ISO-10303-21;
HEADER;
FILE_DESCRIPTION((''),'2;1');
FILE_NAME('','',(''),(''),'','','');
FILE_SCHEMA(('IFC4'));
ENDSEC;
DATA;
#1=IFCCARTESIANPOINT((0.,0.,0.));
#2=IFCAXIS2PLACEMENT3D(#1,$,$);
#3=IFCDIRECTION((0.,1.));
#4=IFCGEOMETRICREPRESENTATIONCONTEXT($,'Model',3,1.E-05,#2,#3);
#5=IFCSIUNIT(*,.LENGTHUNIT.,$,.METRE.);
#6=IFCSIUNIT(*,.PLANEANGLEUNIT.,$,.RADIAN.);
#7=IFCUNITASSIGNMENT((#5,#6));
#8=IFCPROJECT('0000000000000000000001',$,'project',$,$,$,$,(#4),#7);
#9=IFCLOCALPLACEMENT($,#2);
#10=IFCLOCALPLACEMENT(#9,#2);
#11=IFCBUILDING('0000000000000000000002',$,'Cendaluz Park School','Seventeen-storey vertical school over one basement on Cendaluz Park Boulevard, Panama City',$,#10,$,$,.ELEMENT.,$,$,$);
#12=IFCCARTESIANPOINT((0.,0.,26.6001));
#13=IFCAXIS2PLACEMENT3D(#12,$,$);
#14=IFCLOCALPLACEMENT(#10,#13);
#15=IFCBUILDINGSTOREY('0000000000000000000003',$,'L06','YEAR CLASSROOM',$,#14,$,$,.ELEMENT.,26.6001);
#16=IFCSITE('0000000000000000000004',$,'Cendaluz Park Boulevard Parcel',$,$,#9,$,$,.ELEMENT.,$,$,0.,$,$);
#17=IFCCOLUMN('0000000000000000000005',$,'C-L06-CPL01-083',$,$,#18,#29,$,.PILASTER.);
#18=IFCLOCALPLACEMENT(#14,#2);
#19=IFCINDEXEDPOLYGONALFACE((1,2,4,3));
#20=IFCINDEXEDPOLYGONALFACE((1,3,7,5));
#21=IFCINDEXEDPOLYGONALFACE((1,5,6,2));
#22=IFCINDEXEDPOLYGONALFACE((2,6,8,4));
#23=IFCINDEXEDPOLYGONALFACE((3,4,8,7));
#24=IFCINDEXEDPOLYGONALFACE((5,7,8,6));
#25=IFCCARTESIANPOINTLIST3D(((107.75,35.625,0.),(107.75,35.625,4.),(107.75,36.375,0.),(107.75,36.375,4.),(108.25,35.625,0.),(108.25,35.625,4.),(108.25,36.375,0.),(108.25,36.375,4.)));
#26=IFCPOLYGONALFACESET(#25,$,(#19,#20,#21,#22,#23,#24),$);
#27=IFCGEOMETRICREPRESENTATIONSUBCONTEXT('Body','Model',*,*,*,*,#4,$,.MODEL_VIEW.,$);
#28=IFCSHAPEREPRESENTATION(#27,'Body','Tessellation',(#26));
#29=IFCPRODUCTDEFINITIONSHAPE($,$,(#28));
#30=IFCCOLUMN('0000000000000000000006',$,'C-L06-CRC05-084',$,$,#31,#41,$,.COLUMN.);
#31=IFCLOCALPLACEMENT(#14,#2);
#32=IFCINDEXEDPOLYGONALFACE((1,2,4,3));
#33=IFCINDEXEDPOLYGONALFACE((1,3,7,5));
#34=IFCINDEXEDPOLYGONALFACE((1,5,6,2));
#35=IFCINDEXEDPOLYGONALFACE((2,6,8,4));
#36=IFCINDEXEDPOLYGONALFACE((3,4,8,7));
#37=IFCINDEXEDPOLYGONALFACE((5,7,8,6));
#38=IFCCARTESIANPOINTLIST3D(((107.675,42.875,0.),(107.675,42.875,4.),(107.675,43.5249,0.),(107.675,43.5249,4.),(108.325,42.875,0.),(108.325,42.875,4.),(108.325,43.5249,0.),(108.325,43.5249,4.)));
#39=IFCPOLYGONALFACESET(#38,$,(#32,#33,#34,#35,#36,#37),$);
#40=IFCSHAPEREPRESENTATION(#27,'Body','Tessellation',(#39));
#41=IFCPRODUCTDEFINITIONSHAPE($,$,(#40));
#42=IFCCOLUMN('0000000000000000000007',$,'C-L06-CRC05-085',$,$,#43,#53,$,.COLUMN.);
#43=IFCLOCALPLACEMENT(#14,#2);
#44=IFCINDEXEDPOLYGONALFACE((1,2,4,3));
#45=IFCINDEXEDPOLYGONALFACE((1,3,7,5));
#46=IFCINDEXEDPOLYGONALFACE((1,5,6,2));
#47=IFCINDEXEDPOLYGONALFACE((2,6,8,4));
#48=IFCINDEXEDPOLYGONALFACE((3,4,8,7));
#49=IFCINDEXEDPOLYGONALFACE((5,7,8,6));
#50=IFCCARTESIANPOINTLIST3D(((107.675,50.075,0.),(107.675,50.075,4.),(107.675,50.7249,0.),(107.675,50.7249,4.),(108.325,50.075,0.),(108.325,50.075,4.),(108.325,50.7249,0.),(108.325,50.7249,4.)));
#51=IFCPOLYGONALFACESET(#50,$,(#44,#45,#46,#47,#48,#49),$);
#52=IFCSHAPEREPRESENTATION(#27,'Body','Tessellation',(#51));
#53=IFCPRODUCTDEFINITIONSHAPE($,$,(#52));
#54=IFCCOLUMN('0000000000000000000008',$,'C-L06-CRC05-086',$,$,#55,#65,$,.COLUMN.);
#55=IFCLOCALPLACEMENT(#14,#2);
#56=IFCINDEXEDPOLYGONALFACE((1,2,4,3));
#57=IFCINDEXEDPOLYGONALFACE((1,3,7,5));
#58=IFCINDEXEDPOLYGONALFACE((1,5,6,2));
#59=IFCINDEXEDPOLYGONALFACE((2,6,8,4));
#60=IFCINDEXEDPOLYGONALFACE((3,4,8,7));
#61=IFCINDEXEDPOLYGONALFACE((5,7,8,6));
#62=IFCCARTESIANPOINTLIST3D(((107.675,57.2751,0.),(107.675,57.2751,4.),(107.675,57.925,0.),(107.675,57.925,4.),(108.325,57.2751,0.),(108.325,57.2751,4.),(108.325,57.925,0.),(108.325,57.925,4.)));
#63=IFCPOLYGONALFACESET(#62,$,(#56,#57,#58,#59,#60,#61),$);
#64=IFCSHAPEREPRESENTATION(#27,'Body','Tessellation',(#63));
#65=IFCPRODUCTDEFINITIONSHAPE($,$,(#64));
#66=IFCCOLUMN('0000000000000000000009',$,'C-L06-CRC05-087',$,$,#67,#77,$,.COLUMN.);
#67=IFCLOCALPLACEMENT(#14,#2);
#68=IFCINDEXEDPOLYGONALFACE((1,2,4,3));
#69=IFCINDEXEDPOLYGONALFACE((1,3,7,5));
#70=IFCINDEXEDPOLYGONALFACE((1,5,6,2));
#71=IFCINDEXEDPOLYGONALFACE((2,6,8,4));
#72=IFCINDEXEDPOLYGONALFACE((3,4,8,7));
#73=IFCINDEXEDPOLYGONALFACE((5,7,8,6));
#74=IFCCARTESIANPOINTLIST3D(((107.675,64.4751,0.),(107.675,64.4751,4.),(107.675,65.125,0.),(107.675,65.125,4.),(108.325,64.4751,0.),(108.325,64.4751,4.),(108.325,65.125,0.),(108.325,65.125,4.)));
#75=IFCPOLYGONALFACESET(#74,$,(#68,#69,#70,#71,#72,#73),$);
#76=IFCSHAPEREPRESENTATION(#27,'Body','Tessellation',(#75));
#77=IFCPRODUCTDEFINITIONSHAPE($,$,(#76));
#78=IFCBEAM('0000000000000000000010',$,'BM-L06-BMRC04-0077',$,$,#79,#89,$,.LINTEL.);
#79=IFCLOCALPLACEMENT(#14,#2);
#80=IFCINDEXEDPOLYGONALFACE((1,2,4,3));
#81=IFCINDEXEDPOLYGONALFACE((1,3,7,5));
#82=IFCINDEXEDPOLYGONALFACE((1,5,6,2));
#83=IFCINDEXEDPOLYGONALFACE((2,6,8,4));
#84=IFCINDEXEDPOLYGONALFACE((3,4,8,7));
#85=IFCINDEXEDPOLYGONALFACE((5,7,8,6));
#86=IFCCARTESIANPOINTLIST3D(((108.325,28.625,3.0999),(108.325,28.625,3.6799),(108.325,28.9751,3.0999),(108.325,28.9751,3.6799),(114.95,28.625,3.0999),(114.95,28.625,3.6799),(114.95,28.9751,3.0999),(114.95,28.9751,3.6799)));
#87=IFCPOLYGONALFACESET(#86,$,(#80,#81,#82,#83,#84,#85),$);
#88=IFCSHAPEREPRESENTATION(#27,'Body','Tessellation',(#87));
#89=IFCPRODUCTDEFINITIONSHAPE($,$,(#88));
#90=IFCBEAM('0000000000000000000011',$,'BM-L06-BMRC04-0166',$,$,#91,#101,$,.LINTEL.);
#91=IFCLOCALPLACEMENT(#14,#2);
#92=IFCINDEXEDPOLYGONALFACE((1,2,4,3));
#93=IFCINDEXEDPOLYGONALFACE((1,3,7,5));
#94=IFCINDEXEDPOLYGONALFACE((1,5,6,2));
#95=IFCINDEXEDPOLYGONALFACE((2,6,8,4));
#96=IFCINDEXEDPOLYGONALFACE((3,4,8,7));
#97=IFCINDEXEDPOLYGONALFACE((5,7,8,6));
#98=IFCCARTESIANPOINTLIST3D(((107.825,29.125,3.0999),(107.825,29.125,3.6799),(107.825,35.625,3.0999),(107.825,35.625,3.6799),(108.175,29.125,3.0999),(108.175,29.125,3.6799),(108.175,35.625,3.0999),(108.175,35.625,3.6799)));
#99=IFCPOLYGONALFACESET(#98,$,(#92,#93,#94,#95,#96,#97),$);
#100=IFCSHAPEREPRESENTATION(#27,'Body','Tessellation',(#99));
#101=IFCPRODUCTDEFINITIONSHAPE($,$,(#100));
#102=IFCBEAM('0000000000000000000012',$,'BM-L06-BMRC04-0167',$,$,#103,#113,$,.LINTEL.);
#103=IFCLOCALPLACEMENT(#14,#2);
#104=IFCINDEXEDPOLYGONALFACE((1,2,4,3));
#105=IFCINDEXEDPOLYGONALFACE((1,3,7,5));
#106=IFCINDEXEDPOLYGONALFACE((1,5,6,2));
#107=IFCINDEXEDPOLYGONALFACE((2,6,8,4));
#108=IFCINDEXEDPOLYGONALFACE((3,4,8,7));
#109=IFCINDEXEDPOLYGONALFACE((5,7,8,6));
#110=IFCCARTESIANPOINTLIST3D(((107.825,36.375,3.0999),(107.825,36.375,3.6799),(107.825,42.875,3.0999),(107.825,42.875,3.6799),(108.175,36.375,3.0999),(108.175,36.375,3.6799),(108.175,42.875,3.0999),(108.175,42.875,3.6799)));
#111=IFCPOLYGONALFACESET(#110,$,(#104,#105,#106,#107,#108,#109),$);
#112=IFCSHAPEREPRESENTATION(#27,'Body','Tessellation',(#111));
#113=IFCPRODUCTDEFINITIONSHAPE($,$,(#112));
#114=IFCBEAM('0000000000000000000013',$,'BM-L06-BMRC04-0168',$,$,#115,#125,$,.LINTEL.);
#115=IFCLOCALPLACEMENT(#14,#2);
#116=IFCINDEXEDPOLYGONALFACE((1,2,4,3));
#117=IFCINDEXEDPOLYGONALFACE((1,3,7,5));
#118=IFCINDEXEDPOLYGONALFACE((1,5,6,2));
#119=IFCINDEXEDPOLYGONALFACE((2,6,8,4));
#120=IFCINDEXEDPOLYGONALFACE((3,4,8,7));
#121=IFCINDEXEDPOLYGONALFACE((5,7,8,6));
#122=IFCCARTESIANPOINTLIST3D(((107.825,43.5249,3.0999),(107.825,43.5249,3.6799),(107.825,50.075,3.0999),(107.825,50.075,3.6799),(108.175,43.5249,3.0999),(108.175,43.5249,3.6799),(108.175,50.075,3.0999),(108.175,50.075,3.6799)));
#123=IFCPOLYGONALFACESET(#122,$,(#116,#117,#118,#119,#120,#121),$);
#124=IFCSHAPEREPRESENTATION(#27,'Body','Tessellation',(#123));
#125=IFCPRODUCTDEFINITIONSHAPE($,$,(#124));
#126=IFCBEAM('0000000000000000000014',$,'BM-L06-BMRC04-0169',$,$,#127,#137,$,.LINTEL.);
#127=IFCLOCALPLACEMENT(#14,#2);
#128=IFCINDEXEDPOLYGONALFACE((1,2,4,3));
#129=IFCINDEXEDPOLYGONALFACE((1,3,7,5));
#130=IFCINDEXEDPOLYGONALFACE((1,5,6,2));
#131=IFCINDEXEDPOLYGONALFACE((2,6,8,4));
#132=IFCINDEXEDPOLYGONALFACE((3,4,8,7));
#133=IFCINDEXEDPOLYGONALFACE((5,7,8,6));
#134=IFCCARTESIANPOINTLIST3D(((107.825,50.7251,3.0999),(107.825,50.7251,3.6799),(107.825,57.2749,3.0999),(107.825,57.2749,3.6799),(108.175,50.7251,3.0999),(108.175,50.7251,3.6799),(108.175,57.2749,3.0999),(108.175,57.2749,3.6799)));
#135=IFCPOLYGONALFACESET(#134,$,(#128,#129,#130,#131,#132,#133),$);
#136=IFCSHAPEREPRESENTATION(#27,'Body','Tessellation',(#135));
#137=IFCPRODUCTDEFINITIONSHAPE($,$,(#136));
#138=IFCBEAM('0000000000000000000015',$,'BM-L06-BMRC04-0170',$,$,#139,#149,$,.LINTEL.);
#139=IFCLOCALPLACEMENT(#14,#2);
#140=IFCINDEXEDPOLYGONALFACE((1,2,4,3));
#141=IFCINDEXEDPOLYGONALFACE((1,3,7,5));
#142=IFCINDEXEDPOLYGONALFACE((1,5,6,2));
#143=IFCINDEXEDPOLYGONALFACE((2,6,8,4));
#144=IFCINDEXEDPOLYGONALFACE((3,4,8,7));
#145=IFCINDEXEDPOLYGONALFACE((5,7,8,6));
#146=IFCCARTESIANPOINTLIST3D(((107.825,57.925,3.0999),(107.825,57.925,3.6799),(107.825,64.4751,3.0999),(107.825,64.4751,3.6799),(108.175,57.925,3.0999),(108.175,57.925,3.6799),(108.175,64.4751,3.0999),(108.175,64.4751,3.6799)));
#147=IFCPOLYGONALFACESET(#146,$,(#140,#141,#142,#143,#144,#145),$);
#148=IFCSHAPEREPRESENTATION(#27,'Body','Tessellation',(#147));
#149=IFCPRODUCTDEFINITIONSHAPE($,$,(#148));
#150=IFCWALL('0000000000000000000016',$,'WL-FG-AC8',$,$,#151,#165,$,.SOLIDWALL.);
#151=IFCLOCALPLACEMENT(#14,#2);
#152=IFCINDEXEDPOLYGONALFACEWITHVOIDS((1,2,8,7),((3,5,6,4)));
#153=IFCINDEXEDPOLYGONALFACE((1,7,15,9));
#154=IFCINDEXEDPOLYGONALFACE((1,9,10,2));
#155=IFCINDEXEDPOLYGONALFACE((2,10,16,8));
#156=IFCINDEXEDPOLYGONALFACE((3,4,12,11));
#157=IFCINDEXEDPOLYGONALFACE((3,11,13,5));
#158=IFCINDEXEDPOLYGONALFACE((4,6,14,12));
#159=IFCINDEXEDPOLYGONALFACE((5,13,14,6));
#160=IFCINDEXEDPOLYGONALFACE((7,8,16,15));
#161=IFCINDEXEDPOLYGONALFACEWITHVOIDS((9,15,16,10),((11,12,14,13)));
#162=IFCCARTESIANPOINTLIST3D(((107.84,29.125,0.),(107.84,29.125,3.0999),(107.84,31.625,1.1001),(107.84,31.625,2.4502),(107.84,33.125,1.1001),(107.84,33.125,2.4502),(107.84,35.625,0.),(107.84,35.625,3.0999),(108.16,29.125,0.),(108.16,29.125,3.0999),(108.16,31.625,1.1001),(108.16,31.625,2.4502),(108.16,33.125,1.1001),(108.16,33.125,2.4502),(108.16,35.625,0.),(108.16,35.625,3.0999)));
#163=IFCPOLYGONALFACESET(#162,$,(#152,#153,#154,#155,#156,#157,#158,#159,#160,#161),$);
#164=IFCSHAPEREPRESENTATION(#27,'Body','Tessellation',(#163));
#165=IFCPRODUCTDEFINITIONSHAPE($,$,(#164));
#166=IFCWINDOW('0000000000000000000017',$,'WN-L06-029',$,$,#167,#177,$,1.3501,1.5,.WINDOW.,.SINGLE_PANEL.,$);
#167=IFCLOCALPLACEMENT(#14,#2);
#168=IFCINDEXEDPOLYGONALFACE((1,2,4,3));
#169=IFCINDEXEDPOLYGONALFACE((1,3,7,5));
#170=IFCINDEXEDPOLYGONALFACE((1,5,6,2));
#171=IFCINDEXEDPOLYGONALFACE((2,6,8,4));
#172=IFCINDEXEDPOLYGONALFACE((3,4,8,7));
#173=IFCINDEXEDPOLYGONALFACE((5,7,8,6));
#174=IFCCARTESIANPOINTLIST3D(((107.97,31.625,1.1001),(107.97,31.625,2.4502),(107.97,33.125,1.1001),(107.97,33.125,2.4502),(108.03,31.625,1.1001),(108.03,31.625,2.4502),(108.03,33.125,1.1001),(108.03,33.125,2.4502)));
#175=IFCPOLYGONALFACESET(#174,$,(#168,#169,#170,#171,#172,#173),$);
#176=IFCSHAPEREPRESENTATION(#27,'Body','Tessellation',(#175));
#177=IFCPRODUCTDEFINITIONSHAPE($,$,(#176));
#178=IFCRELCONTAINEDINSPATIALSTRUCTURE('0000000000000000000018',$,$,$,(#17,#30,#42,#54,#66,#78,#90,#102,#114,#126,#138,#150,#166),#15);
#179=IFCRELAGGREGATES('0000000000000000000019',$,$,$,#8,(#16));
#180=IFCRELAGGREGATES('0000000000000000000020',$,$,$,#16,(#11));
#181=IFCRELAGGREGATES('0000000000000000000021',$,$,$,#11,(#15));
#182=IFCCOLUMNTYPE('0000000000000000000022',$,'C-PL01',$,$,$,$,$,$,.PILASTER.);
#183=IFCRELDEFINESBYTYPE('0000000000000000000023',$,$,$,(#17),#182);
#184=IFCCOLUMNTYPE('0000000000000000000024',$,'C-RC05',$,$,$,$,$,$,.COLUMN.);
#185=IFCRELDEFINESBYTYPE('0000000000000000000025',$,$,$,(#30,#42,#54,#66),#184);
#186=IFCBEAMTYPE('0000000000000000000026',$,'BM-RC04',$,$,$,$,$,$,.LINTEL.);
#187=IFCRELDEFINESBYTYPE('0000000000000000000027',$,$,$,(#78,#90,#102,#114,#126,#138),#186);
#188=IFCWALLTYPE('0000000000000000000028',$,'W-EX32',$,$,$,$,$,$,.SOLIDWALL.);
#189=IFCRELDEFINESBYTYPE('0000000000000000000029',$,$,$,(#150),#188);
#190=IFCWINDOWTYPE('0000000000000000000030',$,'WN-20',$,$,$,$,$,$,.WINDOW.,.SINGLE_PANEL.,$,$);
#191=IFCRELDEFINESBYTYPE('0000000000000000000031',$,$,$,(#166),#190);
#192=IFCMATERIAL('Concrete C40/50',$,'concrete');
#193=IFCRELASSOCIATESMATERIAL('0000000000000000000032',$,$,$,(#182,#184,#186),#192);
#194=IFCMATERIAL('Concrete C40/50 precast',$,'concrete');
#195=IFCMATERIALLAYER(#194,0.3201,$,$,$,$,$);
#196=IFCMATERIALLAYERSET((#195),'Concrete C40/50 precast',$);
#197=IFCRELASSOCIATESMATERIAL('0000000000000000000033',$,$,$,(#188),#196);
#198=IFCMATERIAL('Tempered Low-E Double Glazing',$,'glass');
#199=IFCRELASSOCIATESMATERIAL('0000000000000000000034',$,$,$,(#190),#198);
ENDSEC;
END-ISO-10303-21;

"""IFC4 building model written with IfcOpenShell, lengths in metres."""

from ifc_helpers import new_model, si_unit, direction, frame, frame_2d, origin, origin_2d, place, context, subcontext, project, spatial, rectangle, extrude, material, layer, layer_set, material_profile, profile_set, type_object, element, fill, save


model = new_model("IFC4")

# Units and contexts
model_context = context("Model", 3, precision=1e-05, world=origin(), true_north=direction((0.0, 1.0)))
body_context = subcontext(model_context, "Body", "Model", "MODEL_VIEW")
ifc_project = project(units=[si_unit("LENGTHUNIT", "METRE"), si_unit("PLANEANGLEUNIT", "RADIAN")], contexts=[model_context])

# Site, building, storey
site_placement = place(None, origin())
site = spatial("IfcSite", under=ifc_project, at=site_placement, Name="Cendaluz Park Boulevard Parcel", CompositionType="ELEMENT", RefElevation=0.0)
building_placement = place(site_placement, origin())
building = spatial("IfcBuilding", under=site, at=building_placement, Name="Cendaluz Park School", Description="Seventeen-storey vertical school over one basement on Cendaluz Park Boulevard, Panama City", CompositionType="ELEMENT")
storey_placement = place(building_placement, frame((0.0, 0.0, 26.6001)))
storey = spatial("IfcBuildingStorey", under=building, at=storey_placement, Name="L06", Description="YEAR CLASSROOM", CompositionType="ELEMENT", Elevation=26.6001)

# Columns
ifc_material_1 = material(Name="Concrete C40/50", Category="concrete")
ifc_material_profile_1 = material_profile(ifc_material_1, rectangle(XDim=0.5, YDim=0.75, at=origin_2d()), Name="RC 500x750", Category="concrete")
ifc_profile_set_1 = profile_set([ifc_material_profile_1], Name="Concrete C40/50")
column_type_1 = type_object("IfcColumnType", Name="C-PL01", PredefinedType="PILASTER", material=ifc_profile_set_1)
column_placement = place(storey_placement, frame((108.0, 36.0, 0.0), z_axis=(0.0, 0.0, 1.0), x_axis=(1.0, 0.0, 0.0)))
element("IfcColumn", 1, at=column_placement, inside=storey, type_object=column_type_1, Name="C-L06-CPL01-083", PredefinedType="PILASTER", context=body_context, shape_type="SweptSolid", body=[
    extrude(rectangle(XDim=0.5, YDim=0.75, at=origin_2d()), origin(), (0.0, 0.0, 1.0), 4.0),
])
ifc_material_profile_2 = material_profile(ifc_material_1, rectangle(XDim=0.6499, YDim=0.6499, at=origin_2d()), Name="RC 650x650", Category="concrete")
ifc_profile_set_2 = profile_set([ifc_material_profile_2], Name="Concrete C40/50")
column_type_2 = type_object("IfcColumnType", Name="C-RC05", PredefinedType="COLUMN", material=ifc_profile_set_2)
for number, where, z_axis, x_axis, name in (
    (2, (108.0, 43.2, 0.0), (0.0, 0.0, 1.0), (1.0, 0.0, 0.0), "C-L06-CRC05-084"),
    (3, (108.0, 50.3999, 0.0), (0.0, 0.0, 1.0), (1.0, 0.0, 0.0), "C-L06-CRC05-085"),
    (4, (108.0, 57.6001, 0.0), (0.0, 0.0, 1.0), (1.0, 0.0, 0.0), "C-L06-CRC05-086"),
    (5, (108.0, 64.8, 0.0), (0.0, 0.0, 1.0), (1.0, 0.0, 0.0), "C-L06-CRC05-087"),
):
    element("IfcColumn", number, at=place(storey_placement, frame(where, z_axis=z_axis, x_axis=x_axis)), inside=storey, type_object=column_type_2, Name=name, PredefinedType="COLUMN", context=body_context, shape_type="SweptSolid", body=[
        extrude(rectangle(XDim=0.6499, YDim=0.6499, at=origin_2d()), origin(), (0.0, 0.0, 1.0), 4.0),
    ])

# Beams
ifc_material_profile_3 = material_profile(ifc_material_1, rectangle(XDim=0.3501, YDim=0.5801, at=origin_2d()), Name="RC 350x580", Category="concrete")
ifc_profile_set_3 = profile_set([ifc_material_profile_3], Name="Concrete C40/50")
beam_type = type_object("IfcBeamType", Name="BM-RC04", PredefinedType="LINTEL", material=ifc_profile_set_3)
beam_1_placement = place(storey_placement, frame((108.325, 28.8, 3.3899), z_axis=(1.0, 0.0, 0.0), x_axis=(0.0, 1.0, 0.0)))
element("IfcBeam", 6, at=beam_1_placement, inside=storey, type_object=beam_type, Name="BM-L06-BMRC04-0077", PredefinedType="LINTEL", context=body_context, shape_type="SweptSolid", body=[
    extrude(rectangle(XDim=0.3501, YDim=0.5801, at=origin_2d()), origin(), (0.0, 0.0, 1.0), 6.625),
])
for number, where, z_axis, x_axis, name in (
    (7, (108.0, 29.125, 3.3899), (0.0, 1.0, 0.0), (-1.0, 0.0, 0.0), "BM-L06-BMRC04-0166"),
    (8, (108.0, 36.375, 3.3899), (0.0, 1.0, 0.0), (-1.0, 0.0, 0.0), "BM-L06-BMRC04-0167"),
):
    element("IfcBeam", number, at=place(storey_placement, frame(where, z_axis=z_axis, x_axis=x_axis)), inside=storey, type_object=beam_type, Name=name, PredefinedType="LINTEL", context=body_context, shape_type="SweptSolid", body=[
        extrude(rectangle(XDim=0.3501, YDim=0.5801, at=origin_2d()), origin(), (0.0, 0.0, 1.0), 6.5),
    ])
beam_2_placement = place(storey_placement, frame((108.0, 43.5249, 3.3899), z_axis=(0.0, 1.0, 0.0), x_axis=(-1.0, 0.0, 0.0)))
element("IfcBeam", 9, at=beam_2_placement, inside=storey, type_object=beam_type, Name="BM-L06-BMRC04-0168", PredefinedType="LINTEL", context=body_context, shape_type="SweptSolid", body=[
    extrude(rectangle(XDim=0.3501, YDim=0.5801, at=origin_2d()), origin(), (0.0, 0.0, 1.0), 6.55),
])
beam_3_placement = place(storey_placement, frame((108.0, 50.7251, 3.3899), z_axis=(0.0, 1.0, 0.0), x_axis=(-1.0, 0.0, 0.0)))
element("IfcBeam", 10, at=beam_3_placement, inside=storey, type_object=beam_type, Name="BM-L06-BMRC04-0169", PredefinedType="LINTEL", context=body_context, shape_type="SweptSolid", body=[
    extrude(rectangle(XDim=0.3501, YDim=0.5801, at=origin_2d()), origin(), (0.0, 0.0, 1.0), 6.5498),
])
beam_4_placement = place(storey_placement, frame((108.0, 57.925, 3.3899), z_axis=(0.0, 1.0, 0.0), x_axis=(-1.0, 0.0, 0.0)))
element("IfcBeam", 11, at=beam_4_placement, inside=storey, type_object=beam_type, Name="BM-L06-BMRC04-0170", PredefinedType="LINTEL", context=body_context, shape_type="SweptSolid", body=[
    extrude(rectangle(XDim=0.3501, YDim=0.5801, at=origin_2d()), origin(), (0.0, 0.0, 1.0), 6.55),
])

# Wall, opening, window
ifc_material_2 = material(Name="Concrete C40/50 precast", Category="concrete")
ifc_layer_1 = layer(ifc_material_2, 0.3201)
ifc_layer_set_1 = layer_set([ifc_layer_1], Name="Concrete C40/50 precast")
wall_type_1 = type_object("IfcWallType", Name="W-EX32", PredefinedType="SOLIDWALL", material=ifc_layer_set_1)
wall_1_placement = place(storey_placement, frame((108.0, 29.125, 0.0), z_axis=(0.0, 0.0, 1.0), x_axis=(0.0, 1.0, 0.0)))
wall_1 = element("IfcWall", 12, at=wall_1_placement, inside=storey, type_object=wall_type_1, Name="WL-FG-AC8", PredefinedType="SOLIDWALL", context=body_context, shape_type="SweptSolid", body=[
    extrude(rectangle(XDim=6.5, YDim=0.3201, at=frame_2d((3.25, 0.0))), origin(), (0.0, 0.0, 1.0), 3.0999),
])
opening_1_placement = place(wall_1_placement, frame((2.5, 0.0, 1.1001)))
opening_1 = element("IfcOpeningElement", 13, at=opening_1_placement, cuts=wall_1, PredefinedType="OPENING", context=body_context, shape_type="SweptSolid", body=[
    extrude(rectangle(XDim=1.5, YDim=1.3501, at=frame_2d((0.75, 0.675))), frame((0.0, 0.1721, 0.0), z_axis=(0.0, -1.0, 0.0), x_axis=(1.0, 0.0, 0.0)), (0.0, 0.0, 1.0), 0.344),
])
ifc_material_3 = material(Name="Tempered Low-E Double Glazing", Category="glass")
window_type_1 = type_object("IfcWindowType", Name="WN-20", PartitioningType="SINGLE_PANEL", PredefinedType="WINDOW", material=ifc_material_3)
window_1_placement = place(opening_1_placement, origin())
window_1 = element("IfcWindow", 14, at=window_1_placement, inside=storey, type_object=window_type_1, Name="WN-L06-029", OverallHeight=1.3501, OverallWidth=1.5, PartitioningType="SINGLE_PANEL", PredefinedType="WINDOW", context=body_context, shape_type="SweptSolid", body=[
    extrude(rectangle(XDim=1.5, YDim=1.3501, at=frame_2d((0.75, 0.675))), frame((0.0, 0.03, 0.0), z_axis=(0.0, -1.0, 0.0), x_axis=(1.0, 0.0, 0.0)), (0.0, 0.0, 1.0), 0.0601),
])
fill(opening_1, window_1)

save(model, "model.ifc")
